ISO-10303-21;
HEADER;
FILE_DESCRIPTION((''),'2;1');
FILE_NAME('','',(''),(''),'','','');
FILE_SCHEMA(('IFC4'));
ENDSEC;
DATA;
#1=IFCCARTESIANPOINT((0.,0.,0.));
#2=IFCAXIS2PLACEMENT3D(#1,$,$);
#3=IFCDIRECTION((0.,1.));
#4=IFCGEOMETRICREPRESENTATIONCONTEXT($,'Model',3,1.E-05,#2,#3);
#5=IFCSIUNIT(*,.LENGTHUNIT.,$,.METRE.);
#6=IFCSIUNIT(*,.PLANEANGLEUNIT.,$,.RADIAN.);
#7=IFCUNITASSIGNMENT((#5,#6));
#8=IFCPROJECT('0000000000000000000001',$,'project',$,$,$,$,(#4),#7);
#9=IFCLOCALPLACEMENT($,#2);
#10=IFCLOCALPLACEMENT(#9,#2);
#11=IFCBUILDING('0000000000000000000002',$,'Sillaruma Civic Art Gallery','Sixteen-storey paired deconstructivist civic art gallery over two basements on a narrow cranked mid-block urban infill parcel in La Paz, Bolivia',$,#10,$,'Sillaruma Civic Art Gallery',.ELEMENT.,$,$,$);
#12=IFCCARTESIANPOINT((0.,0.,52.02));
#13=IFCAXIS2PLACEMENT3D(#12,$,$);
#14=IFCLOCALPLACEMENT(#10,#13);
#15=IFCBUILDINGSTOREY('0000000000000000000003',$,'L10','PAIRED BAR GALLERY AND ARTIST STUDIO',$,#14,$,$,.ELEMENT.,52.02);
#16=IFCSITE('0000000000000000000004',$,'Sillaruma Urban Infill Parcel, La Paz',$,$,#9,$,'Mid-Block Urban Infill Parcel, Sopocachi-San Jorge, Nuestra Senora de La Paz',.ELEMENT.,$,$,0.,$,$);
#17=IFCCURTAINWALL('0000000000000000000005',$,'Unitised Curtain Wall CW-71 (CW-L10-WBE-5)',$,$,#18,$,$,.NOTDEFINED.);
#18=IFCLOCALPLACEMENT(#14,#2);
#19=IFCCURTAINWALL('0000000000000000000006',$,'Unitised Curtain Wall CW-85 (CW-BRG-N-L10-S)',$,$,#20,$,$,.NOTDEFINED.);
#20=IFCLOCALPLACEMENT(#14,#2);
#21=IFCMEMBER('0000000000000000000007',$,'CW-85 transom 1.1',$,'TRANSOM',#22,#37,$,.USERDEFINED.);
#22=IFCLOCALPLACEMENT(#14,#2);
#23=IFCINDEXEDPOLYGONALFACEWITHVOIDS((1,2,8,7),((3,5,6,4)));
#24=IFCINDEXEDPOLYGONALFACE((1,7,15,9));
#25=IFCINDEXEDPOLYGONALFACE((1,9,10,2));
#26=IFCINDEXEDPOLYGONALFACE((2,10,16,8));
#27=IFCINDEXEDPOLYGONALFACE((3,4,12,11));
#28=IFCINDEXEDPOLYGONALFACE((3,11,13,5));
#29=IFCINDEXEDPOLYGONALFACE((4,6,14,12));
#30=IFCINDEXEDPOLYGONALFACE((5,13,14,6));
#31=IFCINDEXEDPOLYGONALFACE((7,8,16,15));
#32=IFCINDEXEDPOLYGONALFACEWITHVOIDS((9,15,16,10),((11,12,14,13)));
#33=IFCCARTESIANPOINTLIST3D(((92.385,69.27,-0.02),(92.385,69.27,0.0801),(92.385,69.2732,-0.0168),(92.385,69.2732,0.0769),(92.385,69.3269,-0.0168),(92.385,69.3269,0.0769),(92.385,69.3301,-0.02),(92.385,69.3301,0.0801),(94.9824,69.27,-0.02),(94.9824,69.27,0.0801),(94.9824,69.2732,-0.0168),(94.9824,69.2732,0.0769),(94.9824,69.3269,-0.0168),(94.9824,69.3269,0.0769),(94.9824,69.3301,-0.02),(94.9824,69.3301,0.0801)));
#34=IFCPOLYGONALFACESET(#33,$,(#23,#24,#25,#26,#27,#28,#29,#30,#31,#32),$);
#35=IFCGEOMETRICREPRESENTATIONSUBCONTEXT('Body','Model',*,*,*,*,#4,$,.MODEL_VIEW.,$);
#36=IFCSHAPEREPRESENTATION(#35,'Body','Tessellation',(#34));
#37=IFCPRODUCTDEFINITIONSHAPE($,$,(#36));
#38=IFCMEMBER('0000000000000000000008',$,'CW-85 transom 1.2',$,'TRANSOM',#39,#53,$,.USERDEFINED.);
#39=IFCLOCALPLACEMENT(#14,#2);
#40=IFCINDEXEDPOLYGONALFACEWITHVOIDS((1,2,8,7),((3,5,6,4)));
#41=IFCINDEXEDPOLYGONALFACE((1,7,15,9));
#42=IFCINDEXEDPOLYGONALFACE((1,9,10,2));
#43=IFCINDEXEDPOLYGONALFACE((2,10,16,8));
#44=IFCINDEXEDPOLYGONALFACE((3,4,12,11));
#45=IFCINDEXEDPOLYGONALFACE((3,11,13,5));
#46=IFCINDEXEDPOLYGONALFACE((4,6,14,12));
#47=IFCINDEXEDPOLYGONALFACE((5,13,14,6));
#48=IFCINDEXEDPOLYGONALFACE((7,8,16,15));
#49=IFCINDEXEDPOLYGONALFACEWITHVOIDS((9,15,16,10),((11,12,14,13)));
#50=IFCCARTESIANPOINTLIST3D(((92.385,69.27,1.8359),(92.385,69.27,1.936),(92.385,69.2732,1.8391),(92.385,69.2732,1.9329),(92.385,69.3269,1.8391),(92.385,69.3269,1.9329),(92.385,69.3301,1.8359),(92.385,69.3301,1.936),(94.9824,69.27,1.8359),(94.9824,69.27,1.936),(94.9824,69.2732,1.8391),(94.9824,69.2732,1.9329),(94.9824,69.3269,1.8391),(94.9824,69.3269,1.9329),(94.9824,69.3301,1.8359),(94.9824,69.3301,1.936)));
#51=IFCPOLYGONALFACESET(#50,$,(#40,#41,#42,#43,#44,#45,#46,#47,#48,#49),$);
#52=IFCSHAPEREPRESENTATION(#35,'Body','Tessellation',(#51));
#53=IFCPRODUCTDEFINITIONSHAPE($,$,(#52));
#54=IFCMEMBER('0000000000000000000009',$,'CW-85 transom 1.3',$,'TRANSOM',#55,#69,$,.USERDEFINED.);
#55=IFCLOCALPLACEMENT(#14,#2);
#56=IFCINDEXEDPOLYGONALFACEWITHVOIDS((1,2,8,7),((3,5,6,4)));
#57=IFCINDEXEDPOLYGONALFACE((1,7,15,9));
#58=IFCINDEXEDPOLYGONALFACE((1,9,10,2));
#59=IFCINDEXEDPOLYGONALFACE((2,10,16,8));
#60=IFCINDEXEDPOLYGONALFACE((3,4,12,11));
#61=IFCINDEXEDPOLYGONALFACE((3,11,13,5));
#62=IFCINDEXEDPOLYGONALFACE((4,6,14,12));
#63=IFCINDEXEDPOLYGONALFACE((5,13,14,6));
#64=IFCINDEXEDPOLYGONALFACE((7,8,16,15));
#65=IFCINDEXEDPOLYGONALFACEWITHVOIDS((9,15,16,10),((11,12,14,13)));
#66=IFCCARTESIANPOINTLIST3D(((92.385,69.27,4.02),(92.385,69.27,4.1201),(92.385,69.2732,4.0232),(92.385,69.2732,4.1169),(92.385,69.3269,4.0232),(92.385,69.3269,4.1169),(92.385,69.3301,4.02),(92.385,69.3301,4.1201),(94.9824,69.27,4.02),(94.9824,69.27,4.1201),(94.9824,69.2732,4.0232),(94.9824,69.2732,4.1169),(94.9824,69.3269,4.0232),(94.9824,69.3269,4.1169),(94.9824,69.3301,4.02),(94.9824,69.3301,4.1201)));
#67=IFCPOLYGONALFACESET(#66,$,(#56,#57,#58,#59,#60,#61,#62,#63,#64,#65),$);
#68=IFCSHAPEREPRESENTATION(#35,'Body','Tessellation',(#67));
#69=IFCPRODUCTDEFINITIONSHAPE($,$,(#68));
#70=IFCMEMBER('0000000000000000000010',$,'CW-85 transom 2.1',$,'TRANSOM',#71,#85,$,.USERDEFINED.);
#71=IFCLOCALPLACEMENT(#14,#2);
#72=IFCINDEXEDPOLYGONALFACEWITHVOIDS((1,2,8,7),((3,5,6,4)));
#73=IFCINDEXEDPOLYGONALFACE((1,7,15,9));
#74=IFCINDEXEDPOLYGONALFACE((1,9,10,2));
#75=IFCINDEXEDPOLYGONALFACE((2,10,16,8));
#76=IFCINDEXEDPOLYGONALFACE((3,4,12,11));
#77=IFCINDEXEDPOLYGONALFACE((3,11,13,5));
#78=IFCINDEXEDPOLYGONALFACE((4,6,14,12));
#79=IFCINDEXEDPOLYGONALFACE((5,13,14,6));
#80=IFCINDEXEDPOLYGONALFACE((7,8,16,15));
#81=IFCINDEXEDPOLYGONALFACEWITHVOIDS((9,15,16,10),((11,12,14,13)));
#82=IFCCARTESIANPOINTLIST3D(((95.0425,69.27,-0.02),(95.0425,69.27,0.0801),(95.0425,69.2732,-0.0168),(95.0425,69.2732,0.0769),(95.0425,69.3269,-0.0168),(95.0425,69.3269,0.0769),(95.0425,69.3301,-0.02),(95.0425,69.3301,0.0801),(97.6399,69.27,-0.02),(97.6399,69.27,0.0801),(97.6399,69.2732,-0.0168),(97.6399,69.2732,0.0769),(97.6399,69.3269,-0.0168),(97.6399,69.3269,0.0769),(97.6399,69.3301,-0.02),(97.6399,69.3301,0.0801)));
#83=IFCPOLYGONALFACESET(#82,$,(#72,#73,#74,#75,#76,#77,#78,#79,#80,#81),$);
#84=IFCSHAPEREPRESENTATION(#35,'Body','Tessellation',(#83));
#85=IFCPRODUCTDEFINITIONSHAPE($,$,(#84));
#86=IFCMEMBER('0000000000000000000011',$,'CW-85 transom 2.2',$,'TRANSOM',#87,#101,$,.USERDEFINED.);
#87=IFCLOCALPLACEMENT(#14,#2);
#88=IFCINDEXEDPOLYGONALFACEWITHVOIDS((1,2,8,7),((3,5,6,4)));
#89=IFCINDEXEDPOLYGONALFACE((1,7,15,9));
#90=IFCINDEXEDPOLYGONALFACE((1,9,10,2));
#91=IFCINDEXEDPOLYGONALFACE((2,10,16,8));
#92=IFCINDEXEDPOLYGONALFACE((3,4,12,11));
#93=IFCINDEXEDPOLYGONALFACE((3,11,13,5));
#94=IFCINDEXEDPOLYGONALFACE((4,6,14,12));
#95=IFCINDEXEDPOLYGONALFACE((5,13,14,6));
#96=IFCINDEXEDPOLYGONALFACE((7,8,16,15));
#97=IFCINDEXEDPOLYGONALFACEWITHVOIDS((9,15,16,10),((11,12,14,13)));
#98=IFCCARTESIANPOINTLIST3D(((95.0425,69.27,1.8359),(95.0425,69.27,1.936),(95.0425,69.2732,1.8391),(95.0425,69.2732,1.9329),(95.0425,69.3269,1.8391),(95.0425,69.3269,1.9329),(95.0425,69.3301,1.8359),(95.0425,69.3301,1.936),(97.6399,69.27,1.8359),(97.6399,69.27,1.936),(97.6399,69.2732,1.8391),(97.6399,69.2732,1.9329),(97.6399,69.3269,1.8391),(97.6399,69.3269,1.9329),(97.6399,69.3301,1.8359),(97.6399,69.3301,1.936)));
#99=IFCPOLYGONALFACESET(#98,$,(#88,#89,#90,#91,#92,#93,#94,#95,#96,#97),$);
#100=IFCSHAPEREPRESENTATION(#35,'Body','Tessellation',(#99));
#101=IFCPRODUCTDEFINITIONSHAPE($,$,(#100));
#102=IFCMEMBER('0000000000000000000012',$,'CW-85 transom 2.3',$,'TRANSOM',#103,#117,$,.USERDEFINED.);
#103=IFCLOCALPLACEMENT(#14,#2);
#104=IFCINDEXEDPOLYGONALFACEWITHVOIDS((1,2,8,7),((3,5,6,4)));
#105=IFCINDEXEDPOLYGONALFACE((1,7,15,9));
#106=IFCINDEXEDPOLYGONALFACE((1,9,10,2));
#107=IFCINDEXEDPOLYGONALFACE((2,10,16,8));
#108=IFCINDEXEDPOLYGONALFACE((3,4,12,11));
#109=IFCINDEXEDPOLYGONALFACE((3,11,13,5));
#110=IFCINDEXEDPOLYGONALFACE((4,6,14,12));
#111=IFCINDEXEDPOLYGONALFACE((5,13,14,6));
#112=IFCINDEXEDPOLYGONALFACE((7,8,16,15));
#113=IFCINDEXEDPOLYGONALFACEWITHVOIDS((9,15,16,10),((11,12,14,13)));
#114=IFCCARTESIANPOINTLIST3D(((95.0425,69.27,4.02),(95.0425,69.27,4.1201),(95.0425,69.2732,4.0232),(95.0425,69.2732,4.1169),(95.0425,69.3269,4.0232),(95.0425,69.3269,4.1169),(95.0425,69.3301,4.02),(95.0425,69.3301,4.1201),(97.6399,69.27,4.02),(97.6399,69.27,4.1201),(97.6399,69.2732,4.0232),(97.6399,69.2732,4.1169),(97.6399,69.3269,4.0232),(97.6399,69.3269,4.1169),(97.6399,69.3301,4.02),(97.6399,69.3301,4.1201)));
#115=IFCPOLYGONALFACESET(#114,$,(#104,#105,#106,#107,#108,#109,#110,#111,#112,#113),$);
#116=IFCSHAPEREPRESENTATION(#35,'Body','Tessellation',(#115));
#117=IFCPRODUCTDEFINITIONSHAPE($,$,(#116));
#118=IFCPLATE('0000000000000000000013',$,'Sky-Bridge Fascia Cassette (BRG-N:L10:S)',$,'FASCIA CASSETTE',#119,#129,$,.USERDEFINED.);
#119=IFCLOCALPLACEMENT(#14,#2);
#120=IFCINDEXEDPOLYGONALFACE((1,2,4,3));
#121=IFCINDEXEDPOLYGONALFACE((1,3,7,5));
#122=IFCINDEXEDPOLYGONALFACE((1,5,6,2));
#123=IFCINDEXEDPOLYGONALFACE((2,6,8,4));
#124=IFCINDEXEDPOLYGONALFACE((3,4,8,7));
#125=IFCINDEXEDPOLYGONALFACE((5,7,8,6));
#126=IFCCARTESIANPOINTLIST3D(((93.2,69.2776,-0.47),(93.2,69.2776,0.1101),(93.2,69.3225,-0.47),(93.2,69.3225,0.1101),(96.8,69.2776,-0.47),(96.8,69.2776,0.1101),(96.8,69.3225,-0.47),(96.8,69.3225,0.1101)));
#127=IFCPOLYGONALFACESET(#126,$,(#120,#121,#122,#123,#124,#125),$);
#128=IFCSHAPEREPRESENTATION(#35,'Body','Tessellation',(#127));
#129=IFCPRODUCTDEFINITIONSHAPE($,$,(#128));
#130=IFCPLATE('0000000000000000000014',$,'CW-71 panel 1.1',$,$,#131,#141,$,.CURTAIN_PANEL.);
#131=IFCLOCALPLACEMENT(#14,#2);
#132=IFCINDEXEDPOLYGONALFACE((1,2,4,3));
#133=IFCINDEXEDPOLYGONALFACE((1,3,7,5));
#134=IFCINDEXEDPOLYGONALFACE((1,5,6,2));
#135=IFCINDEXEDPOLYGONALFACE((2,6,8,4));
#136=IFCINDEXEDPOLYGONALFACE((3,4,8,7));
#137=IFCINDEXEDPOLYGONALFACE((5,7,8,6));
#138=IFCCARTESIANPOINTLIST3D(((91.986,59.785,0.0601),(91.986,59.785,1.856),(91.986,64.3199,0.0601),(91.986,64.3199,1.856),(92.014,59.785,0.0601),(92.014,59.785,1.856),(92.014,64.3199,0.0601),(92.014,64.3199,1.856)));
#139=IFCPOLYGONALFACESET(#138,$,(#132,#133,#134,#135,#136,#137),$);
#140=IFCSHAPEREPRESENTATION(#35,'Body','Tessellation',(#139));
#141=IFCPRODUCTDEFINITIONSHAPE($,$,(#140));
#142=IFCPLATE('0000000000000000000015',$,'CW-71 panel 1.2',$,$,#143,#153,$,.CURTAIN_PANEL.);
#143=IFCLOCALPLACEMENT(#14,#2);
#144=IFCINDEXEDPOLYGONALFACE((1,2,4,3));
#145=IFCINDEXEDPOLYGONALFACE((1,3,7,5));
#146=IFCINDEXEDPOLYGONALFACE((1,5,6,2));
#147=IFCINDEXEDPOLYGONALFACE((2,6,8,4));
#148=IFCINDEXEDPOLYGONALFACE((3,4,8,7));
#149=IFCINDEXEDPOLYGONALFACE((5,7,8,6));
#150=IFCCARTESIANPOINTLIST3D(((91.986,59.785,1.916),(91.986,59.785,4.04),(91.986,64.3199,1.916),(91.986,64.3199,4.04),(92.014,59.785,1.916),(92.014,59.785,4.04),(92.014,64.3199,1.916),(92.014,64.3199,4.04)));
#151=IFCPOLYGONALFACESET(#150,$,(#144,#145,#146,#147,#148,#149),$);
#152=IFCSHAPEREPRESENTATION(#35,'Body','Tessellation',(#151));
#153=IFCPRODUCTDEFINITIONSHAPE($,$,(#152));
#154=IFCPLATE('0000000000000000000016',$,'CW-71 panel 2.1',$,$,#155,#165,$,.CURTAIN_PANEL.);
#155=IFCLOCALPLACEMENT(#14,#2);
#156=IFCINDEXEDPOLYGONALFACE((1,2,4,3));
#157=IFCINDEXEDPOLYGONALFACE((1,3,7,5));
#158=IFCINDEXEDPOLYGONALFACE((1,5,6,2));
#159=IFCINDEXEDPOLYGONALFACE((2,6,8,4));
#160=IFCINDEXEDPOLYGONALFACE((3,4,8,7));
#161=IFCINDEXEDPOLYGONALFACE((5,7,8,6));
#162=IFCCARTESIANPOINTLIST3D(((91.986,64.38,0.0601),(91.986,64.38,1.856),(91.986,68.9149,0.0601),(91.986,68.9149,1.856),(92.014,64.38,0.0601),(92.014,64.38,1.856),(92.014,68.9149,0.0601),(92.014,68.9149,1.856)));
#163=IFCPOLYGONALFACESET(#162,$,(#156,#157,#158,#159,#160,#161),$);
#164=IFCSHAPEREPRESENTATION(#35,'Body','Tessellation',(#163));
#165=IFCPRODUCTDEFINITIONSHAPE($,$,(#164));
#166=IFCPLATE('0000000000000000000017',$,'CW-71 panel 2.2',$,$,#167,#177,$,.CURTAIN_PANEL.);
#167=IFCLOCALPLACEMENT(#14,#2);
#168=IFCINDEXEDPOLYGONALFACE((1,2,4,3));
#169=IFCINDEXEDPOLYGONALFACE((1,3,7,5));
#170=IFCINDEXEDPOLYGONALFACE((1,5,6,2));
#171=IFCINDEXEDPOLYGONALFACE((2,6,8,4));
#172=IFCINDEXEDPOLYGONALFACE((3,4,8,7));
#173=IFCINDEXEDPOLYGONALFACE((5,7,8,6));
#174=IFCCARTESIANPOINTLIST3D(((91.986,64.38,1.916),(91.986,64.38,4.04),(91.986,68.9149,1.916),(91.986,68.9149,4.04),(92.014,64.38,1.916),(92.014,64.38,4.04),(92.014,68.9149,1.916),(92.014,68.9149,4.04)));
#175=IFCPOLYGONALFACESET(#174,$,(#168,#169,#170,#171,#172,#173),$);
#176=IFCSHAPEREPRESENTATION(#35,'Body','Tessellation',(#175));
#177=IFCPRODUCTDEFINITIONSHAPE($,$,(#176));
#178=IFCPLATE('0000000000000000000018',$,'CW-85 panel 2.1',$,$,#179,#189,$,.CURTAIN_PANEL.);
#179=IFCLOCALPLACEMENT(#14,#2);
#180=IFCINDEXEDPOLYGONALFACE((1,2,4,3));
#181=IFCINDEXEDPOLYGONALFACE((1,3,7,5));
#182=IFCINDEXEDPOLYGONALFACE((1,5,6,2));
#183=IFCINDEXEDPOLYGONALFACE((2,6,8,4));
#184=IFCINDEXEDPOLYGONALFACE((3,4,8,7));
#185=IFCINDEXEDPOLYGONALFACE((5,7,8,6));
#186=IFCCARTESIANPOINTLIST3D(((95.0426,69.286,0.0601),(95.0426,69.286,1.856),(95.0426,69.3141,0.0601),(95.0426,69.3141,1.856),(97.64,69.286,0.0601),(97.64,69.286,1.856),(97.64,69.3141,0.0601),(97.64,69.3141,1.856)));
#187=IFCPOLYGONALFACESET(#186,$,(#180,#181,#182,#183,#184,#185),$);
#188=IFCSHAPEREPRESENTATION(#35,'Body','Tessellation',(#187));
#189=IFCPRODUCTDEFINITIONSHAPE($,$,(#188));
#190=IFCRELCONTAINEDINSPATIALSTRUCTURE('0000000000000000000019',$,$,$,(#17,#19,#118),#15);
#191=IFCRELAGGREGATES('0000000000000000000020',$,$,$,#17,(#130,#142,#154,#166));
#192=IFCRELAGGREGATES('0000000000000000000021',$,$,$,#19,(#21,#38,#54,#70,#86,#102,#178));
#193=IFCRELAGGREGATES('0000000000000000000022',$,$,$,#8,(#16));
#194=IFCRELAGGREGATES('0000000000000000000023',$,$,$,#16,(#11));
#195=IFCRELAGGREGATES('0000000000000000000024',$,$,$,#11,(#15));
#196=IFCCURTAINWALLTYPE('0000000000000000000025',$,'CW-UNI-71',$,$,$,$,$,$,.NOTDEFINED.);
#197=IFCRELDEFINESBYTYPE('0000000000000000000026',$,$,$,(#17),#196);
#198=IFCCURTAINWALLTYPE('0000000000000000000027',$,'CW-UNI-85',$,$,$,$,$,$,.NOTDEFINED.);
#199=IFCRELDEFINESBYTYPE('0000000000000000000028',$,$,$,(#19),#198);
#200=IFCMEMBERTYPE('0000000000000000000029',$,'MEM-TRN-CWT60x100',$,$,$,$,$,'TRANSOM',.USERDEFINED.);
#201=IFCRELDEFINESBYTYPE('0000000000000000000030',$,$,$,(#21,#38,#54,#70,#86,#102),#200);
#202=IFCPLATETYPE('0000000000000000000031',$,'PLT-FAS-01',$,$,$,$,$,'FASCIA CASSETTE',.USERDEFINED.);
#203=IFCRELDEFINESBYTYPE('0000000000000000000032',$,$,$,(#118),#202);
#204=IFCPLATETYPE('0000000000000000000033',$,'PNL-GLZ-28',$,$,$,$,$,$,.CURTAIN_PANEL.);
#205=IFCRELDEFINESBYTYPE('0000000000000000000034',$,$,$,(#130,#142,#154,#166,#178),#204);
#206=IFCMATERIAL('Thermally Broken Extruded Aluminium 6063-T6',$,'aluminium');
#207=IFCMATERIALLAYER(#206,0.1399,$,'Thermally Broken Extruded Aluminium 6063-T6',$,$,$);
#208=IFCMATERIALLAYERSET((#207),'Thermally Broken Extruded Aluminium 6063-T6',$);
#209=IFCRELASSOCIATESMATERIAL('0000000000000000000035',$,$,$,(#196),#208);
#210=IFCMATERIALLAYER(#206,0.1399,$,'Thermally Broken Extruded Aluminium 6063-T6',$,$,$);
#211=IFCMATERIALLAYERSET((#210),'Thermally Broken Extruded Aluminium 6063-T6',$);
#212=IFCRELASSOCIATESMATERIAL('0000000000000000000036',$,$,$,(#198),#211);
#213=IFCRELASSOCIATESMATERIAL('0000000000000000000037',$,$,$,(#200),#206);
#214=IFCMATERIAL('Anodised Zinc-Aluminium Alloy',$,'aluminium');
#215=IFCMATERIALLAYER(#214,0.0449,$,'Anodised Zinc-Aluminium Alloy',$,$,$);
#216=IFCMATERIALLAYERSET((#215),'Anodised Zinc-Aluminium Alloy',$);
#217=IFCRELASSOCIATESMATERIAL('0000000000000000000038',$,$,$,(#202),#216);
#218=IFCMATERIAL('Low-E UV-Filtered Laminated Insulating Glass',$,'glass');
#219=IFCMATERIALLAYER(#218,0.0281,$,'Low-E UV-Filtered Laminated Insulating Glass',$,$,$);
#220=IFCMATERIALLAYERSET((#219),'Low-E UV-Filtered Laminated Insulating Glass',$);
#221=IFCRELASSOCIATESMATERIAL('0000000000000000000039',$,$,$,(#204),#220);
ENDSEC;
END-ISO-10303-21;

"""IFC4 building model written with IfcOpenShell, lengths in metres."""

from ifc_helpers import new_model, si_unit, direction, frame, origin, origin_2d, place, context, subcontext, project, spatial, rectangle, hollow_rectangle, extrude, material, layer, layer_set, material_profile, profile_set, type_object, element, aggregate, save


model = new_model("IFC4")

# Units and contexts
model_context = context("Model", 3, precision=1e-05, world=origin(), true_north=direction((0.0, 1.0)))
body_context = subcontext(model_context, "Body", "Model", "MODEL_VIEW")
ifc_project = project(units=[si_unit("LENGTHUNIT", "METRE"), si_unit("PLANEANGLEUNIT", "RADIAN")], contexts=[model_context])

# Site, building, storey
site_placement = place(None, origin())
site = spatial("IfcSite", under=ifc_project, at=site_placement, Name="Sillaruma Urban Infill Parcel, La Paz", LongName="Mid-Block Urban Infill Parcel, Sopocachi-San Jorge, Nuestra Senora de La Paz", CompositionType="ELEMENT", RefElevation=0.0)
building_placement = place(site_placement, origin())
building = spatial("IfcBuilding", under=site, at=building_placement, Name="Sillaruma Civic Art Gallery", Description="Sixteen-storey paired deconstructivist civic art gallery over two basements on a narrow cranked mid-block urban infill parcel in La Paz, Bolivia", LongName="Sillaruma Civic Art Gallery", CompositionType="ELEMENT")
storey_placement = place(building_placement, frame((0.0, 0.0, 52.02)))
storey = spatial("IfcBuildingStorey", under=building, at=storey_placement, Name="L10", Description="PAIRED BAR GALLERY AND ARTIST STUDIO", CompositionType="ELEMENT", Elevation=52.02)

# Curtain walls
ifc_material_1 = material(Name="Thermally Broken Extruded Aluminium 6063-T6", Category="aluminium")
ifc_layer_1 = layer(ifc_material_1, 0.1399, Name="Thermally Broken Extruded Aluminium 6063-T6")
ifc_layer_set_1 = layer_set([ifc_layer_1], Name="Thermally Broken Extruded Aluminium 6063-T6")
curtain_wall_type_1 = type_object("IfcCurtainWallType", Name="CW-UNI-71", PredefinedType="NOTDEFINED", material=ifc_layer_set_1)
curtain_wall_1_placement = place(storey_placement, origin())
curtain_wall_1 = element("IfcCurtainWall", 1, at=curtain_wall_1_placement, inside=storey, type_object=curtain_wall_type_1, Name="Unitised Curtain Wall CW-71 (CW-L10-WBE-5)", PredefinedType="NOTDEFINED")
ifc_layer_2 = layer(ifc_material_1, 0.1399, Name="Thermally Broken Extruded Aluminium 6063-T6")
ifc_layer_set_2 = layer_set([ifc_layer_2], Name="Thermally Broken Extruded Aluminium 6063-T6")
curtain_wall_type_2 = type_object("IfcCurtainWallType", Name="CW-UNI-85", PredefinedType="NOTDEFINED", material=ifc_layer_set_2)
curtain_wall_2_placement = place(storey_placement, origin())
curtain_wall_2 = element("IfcCurtainWall", 2, at=curtain_wall_2_placement, inside=storey, type_object=curtain_wall_type_2, Name="Unitised Curtain Wall CW-85 (CW-BRG-N-L10-S)", PredefinedType="NOTDEFINED")

# Members
ifc_material_profile_1 = material_profile(ifc_material_1, hollow_rectangle(XDim=0.0601, YDim=0.1001, WallThickness=0.0032, at=origin_2d()), Name="CWT60x100")
ifc_profile_set_1 = profile_set([ifc_material_profile_1], Name="Thermally Broken Extruded Aluminium 6063-T6")
member_type_1 = type_object("IfcMemberType", Name="MEM-TRN-CWT60x100", ElementType="TRANSOM", PredefinedType="USERDEFINED", material=ifc_profile_set_1)
member_1_placement = place(storey_placement, frame((92.385, 69.3, 0.03), z_axis=(1.0, 0.0, 0.0), x_axis=(0.0, 1.0, 0.0)))
member_1 = element("IfcMember", 3, at=member_1_placement, type_object=member_type_1, Name="CW-85 transom 1.1", ObjectType="TRANSOM", PredefinedType="USERDEFINED", context=body_context, shape_type="SweptSolid", body=[
    extrude(hollow_rectangle(XDim=0.0601, YDim=0.1001, WallThickness=0.0032, at=origin_2d()), origin(), (0.0, 0.0, 1.0), 2.5974),
])
member_2_placement = place(storey_placement, frame((92.385, 69.3, 1.886), z_axis=(1.0, 0.0, 0.0), x_axis=(0.0, 1.0, 0.0)))
member_2 = element("IfcMember", 4, at=member_2_placement, type_object=member_type_1, Name="CW-85 transom 1.2", ObjectType="TRANSOM", PredefinedType="USERDEFINED", context=body_context, shape_type="SweptSolid", body=[
    extrude(hollow_rectangle(XDim=0.0601, YDim=0.1001, WallThickness=0.0032, at=origin_2d()), origin(), (0.0, 0.0, 1.0), 2.5974),
])
member_3_placement = place(storey_placement, frame((92.385, 69.3, 4.0701), z_axis=(1.0, 0.0, 0.0), x_axis=(0.0, 1.0, 0.0)))
member_3 = element("IfcMember", 5, at=member_3_placement, type_object=member_type_1, Name="CW-85 transom 1.3", ObjectType="TRANSOM", PredefinedType="USERDEFINED", context=body_context, shape_type="SweptSolid", body=[
    extrude(hollow_rectangle(XDim=0.0601, YDim=0.1001, WallThickness=0.0032, at=origin_2d()), origin(), (0.0, 0.0, 1.0), 2.5974),
])
member_4_placement = place(storey_placement, frame((95.0425, 69.3, 0.03), z_axis=(1.0, 0.0, 0.0), x_axis=(0.0, 1.0, 0.0)))
member_4 = element("IfcMember", 6, at=member_4_placement, type_object=member_type_1, Name="CW-85 transom 2.1", ObjectType="TRANSOM", PredefinedType="USERDEFINED", context=body_context, shape_type="SweptSolid", body=[
    extrude(hollow_rectangle(XDim=0.0601, YDim=0.1001, WallThickness=0.0032, at=origin_2d()), origin(), (0.0, 0.0, 1.0), 2.5974),
])
member_5_placement = place(storey_placement, frame((95.0425, 69.3, 1.886), z_axis=(1.0, 0.0, 0.0), x_axis=(0.0, 1.0, 0.0)))
member_5 = element("IfcMember", 7, at=member_5_placement, type_object=member_type_1, Name="CW-85 transom 2.2", ObjectType="TRANSOM", PredefinedType="USERDEFINED", context=body_context, shape_type="SweptSolid", body=[
    extrude(hollow_rectangle(XDim=0.0601, YDim=0.1001, WallThickness=0.0032, at=origin_2d()), origin(), (0.0, 0.0, 1.0), 2.5974),
])
member_6_placement = place(storey_placement, frame((95.0425, 69.3, 4.0701), z_axis=(1.0, 0.0, 0.0), x_axis=(0.0, 1.0, 0.0)))
member_6 = element("IfcMember", 8, at=member_6_placement, type_object=member_type_1, Name="CW-85 transom 2.3", ObjectType="TRANSOM", PredefinedType="USERDEFINED", context=body_context, shape_type="SweptSolid", body=[
    extrude(hollow_rectangle(XDim=0.0601, YDim=0.1001, WallThickness=0.0032, at=origin_2d()), origin(), (0.0, 0.0, 1.0), 2.5974),
])

# Plates
ifc_material_2 = material(Name="Anodised Zinc-Aluminium Alloy", Category="aluminium")
ifc_layer_3 = layer(ifc_material_2, 0.0449, Name="Anodised Zinc-Aluminium Alloy")
ifc_layer_set_3 = layer_set([ifc_layer_3], Name="Anodised Zinc-Aluminium Alloy")
plate_type_1 = type_object("IfcPlateType", Name="PLT-FAS-01", ElementType="FASCIA CASSETTE", PredefinedType="USERDEFINED", material=ifc_layer_set_3)
plate_1_placement = place(storey_placement, frame((95.0, 69.3, -0.47), z_axis=(0.0, 0.0, 1.0), x_axis=(1.0, 0.0, 0.0)))
element("IfcPlate", 9, at=plate_1_placement, inside=storey, type_object=plate_type_1, Name="Sky-Bridge Fascia Cassette (BRG-N:L10:S)", ObjectType="FASCIA CASSETTE", PredefinedType="USERDEFINED", context=body_context, shape_type="SweptSolid", body=[
    extrude(rectangle(XDim=3.6001, YDim=0.0449, at=origin_2d()), origin(), (0.0, 0.0, 1.0), 0.5801),
])
ifc_material_3 = material(Name="Low-E UV-Filtered Laminated Insulating Glass", Category="glass")
ifc_layer_4 = layer(ifc_material_3, 0.0281, Name="Low-E UV-Filtered Laminated Insulating Glass")
ifc_layer_set_4 = layer_set([ifc_layer_4], Name="Low-E UV-Filtered Laminated Insulating Glass")
plate_type_2 = type_object("IfcPlateType", Name="PNL-GLZ-28", PredefinedType="CURTAIN_PANEL", material=ifc_layer_set_4)
plate_2_placement = place(storey_placement, frame((92.0, 62.0525, 0.0601), z_axis=(0.0, 0.0, 1.0), x_axis=(0.0, 1.0, 0.0)))
plate_2 = element("IfcPlate", 10, at=plate_2_placement, type_object=plate_type_2, Name="CW-71 panel 1.1", PredefinedType="CURTAIN_PANEL", context=body_context, shape_type="SweptSolid", body=[
    extrude(rectangle(XDim=4.5349, YDim=0.0281, at=origin_2d()), origin(), (0.0, 0.0, 1.0), 1.7959),
])
plate_3_placement = place(storey_placement, frame((92.0, 62.0525, 1.916), z_axis=(0.0, 0.0, 1.0), x_axis=(0.0, 1.0, 0.0)))
plate_3 = element("IfcPlate", 11, at=plate_3_placement, type_object=plate_type_2, Name="CW-71 panel 1.2", PredefinedType="CURTAIN_PANEL", context=body_context, shape_type="SweptSolid", body=[
    extrude(rectangle(XDim=4.5349, YDim=0.0281, at=origin_2d()), origin(), (0.0, 0.0, 1.0), 2.124),
])
plate_4_placement = place(storey_placement, frame((92.0, 66.6475, 0.0601), z_axis=(0.0, 0.0, 1.0), x_axis=(0.0, 1.0, 0.0)))
plate_4 = element("IfcPlate", 12, at=plate_4_placement, type_object=plate_type_2, Name="CW-71 panel 2.1", PredefinedType="CURTAIN_PANEL", context=body_context, shape_type="SweptSolid", body=[
    extrude(rectangle(XDim=4.5349, YDim=0.0281, at=origin_2d()), origin(), (0.0, 0.0, 1.0), 1.7959),
])
plate_5_placement = place(storey_placement, frame((92.0, 66.6475, 1.916), z_axis=(0.0, 0.0, 1.0), x_axis=(0.0, 1.0, 0.0)))
plate_5 = element("IfcPlate", 13, at=plate_5_placement, type_object=plate_type_2, Name="CW-71 panel 2.2", PredefinedType="CURTAIN_PANEL", context=body_context, shape_type="SweptSolid", body=[
    extrude(rectangle(XDim=4.5349, YDim=0.0281, at=origin_2d()), origin(), (0.0, 0.0, 1.0), 2.124),
])
aggregate(curtain_wall_1, [plate_2, plate_3, plate_4, plate_5])
plate_6_placement = place(storey_placement, frame((96.3413, 69.3, 0.0601), z_axis=(0.0, 0.0, 1.0), x_axis=(1.0, 0.0, 0.0)))
plate_6 = element("IfcPlate", 14, at=plate_6_placement, type_object=plate_type_2, Name="CW-85 panel 2.1", PredefinedType="CURTAIN_PANEL", context=body_context, shape_type="SweptSolid", body=[
    extrude(rectangle(XDim=2.5974, YDim=0.0281, at=origin_2d()), origin(), (0.0, 0.0, 1.0), 1.7959),
])
aggregate(curtain_wall_2, [member_1, member_2, member_3, member_4, member_5, member_6, plate_6])

save(model, "model.ifc")
